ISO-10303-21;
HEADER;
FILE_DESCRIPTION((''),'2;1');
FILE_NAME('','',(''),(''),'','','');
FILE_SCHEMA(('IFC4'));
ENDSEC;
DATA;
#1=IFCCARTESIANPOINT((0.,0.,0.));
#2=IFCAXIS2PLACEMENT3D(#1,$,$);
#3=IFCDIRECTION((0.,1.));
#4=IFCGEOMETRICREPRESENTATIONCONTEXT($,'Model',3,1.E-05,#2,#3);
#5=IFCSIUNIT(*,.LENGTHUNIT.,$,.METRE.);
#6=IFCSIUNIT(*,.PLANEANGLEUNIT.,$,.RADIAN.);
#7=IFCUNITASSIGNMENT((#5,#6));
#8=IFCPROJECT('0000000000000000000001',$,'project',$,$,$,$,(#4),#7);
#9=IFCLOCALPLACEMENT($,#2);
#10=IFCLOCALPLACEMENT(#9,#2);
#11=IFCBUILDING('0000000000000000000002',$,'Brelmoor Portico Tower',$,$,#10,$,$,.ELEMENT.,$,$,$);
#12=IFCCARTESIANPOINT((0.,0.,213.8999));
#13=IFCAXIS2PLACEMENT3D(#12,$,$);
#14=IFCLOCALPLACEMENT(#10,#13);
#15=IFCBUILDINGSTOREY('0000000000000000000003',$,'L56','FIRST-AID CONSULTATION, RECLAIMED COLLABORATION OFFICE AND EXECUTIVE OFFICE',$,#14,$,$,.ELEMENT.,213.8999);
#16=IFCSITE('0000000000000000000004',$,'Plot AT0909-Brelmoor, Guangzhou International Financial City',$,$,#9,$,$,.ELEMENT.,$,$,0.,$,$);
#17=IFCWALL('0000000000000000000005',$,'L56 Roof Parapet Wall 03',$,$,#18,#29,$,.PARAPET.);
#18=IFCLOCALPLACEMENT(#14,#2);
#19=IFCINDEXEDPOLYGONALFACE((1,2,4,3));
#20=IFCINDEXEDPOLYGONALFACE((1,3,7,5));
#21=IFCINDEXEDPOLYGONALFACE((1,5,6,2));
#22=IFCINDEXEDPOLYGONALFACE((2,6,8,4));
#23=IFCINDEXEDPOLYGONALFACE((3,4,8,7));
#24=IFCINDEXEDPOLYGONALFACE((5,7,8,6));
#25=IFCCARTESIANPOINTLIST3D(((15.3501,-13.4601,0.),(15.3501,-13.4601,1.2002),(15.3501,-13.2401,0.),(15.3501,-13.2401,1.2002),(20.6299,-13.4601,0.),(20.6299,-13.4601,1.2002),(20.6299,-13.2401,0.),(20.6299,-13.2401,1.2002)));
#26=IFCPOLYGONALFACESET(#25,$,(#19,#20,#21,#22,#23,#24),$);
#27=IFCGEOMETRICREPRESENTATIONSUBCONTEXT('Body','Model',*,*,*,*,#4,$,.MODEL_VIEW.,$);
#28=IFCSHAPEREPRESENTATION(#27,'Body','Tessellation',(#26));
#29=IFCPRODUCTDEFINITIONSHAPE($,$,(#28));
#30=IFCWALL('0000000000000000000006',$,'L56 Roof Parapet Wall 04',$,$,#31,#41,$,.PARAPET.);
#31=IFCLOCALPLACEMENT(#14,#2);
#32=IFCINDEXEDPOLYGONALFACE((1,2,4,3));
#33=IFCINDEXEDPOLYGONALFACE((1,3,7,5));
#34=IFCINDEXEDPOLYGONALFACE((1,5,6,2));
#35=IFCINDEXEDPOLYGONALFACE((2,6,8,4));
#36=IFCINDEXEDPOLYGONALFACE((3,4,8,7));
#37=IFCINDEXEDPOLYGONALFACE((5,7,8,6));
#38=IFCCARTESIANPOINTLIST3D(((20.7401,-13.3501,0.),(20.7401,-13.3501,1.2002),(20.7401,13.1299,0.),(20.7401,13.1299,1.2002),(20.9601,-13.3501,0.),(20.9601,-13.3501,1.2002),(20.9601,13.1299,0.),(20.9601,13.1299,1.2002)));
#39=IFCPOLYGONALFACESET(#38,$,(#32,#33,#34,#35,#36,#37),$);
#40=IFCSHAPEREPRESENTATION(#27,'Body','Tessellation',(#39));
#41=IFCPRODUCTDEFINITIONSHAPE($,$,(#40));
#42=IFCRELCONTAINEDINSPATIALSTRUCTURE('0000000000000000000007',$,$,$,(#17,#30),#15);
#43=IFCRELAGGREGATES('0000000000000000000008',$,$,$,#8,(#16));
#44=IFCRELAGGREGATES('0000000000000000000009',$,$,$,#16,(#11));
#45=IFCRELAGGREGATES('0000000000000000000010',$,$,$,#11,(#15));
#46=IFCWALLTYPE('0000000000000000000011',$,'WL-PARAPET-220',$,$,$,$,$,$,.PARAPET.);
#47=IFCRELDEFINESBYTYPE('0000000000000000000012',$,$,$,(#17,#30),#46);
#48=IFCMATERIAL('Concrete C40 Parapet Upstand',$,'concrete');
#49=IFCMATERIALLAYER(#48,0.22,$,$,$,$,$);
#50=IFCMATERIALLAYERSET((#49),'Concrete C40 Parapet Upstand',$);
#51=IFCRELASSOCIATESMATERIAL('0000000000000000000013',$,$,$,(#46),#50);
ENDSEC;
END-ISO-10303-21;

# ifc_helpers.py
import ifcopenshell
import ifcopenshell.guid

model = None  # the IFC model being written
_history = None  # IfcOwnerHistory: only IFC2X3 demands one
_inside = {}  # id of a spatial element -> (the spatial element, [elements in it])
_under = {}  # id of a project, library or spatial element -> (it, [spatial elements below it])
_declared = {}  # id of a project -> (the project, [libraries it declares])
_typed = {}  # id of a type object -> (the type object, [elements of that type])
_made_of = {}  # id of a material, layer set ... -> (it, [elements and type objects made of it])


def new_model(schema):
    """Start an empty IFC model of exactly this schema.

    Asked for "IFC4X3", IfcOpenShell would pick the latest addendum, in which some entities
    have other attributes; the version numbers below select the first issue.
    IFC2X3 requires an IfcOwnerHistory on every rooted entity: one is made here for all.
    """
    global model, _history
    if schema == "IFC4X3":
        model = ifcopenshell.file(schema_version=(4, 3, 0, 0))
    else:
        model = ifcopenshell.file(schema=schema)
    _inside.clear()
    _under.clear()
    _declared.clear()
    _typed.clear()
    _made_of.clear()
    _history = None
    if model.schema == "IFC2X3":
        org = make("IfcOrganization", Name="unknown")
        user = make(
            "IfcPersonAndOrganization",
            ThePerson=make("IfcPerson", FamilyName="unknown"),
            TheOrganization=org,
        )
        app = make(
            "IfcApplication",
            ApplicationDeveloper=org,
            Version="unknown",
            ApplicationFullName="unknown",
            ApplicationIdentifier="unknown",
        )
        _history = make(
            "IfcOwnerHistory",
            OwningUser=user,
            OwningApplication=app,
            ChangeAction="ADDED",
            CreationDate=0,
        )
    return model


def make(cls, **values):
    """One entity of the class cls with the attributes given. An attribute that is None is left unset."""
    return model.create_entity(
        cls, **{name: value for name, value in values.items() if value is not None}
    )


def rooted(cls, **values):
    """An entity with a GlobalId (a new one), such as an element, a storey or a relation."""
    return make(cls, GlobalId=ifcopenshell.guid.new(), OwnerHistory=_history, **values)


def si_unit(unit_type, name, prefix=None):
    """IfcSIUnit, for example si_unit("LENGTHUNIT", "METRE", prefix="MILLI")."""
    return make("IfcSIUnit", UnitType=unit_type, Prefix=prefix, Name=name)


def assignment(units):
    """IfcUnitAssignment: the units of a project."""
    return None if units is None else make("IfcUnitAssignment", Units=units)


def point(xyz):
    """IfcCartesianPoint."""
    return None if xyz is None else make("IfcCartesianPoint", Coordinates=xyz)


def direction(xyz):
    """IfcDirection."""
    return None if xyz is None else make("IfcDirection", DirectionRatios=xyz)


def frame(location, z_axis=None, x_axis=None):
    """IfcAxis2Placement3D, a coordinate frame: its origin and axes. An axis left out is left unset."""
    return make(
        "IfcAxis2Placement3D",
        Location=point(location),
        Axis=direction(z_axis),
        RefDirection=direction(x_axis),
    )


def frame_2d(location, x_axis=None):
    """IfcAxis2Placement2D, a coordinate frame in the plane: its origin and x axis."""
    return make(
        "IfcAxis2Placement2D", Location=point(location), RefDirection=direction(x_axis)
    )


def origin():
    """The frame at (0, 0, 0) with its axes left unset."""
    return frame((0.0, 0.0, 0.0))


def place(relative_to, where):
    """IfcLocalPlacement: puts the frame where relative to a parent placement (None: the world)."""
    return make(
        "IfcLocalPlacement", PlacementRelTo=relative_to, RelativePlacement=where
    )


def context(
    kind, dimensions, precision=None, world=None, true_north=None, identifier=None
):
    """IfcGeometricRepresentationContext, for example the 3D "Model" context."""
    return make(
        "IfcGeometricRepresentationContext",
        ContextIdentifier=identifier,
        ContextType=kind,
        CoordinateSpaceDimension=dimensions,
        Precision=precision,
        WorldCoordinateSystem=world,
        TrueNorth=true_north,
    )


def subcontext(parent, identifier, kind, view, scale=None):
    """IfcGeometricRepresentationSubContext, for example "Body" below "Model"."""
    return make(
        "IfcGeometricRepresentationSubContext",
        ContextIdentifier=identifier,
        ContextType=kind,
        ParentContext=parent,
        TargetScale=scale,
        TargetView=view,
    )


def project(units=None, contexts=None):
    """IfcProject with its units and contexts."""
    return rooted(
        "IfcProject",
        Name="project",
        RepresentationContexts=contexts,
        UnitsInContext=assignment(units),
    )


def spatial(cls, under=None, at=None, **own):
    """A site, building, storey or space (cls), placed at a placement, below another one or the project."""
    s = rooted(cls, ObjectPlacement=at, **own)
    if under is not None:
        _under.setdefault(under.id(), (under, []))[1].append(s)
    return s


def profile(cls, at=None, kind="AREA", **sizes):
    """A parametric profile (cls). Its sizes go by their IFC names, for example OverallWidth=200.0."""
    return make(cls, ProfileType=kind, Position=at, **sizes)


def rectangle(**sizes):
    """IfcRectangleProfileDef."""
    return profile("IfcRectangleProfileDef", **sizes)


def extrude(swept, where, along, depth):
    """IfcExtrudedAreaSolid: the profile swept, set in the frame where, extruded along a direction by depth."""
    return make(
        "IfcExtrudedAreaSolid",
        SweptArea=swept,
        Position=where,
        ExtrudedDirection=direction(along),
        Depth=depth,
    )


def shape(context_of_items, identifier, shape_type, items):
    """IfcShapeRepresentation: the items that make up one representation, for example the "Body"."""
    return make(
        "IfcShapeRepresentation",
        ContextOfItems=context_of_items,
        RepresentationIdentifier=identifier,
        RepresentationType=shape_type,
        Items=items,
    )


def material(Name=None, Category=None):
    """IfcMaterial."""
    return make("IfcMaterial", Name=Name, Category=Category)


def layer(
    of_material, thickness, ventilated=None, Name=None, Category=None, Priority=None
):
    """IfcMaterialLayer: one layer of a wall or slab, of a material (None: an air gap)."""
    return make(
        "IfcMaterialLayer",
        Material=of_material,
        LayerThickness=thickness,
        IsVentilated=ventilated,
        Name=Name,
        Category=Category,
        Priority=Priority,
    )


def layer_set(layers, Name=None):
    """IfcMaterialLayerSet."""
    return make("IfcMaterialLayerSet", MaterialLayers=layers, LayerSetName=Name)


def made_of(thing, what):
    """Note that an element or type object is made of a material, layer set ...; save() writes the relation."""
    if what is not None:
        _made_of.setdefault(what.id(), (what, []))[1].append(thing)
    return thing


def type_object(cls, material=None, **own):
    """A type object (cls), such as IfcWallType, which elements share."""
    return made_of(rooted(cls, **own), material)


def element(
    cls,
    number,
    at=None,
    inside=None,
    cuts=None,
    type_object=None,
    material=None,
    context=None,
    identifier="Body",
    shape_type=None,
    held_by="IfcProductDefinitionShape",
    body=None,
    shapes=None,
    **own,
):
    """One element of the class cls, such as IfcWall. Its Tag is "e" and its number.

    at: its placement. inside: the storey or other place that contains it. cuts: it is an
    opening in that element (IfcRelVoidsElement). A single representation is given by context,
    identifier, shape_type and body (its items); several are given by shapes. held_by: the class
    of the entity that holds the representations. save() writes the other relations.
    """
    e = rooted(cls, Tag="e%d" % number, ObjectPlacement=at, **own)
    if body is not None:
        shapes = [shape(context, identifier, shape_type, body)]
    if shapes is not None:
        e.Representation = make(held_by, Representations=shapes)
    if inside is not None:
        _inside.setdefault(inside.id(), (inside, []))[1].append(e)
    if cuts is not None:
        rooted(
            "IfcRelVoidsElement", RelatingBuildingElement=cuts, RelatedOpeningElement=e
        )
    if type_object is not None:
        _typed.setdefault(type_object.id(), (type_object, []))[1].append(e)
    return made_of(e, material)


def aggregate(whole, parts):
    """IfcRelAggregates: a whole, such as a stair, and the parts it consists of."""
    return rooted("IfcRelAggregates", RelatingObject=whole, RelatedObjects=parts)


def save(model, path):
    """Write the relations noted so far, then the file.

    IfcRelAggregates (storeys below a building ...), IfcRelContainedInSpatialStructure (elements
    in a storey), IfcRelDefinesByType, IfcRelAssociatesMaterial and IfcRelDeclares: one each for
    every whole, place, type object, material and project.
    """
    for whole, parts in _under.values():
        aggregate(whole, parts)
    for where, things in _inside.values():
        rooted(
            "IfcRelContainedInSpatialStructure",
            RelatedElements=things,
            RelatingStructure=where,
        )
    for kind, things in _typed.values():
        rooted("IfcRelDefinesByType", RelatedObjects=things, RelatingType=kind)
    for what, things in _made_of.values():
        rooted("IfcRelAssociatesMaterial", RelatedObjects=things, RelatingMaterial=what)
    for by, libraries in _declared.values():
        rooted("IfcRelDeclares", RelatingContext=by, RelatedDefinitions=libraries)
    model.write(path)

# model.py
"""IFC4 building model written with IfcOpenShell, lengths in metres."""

from ifc_helpers import new_model, si_unit, direction, frame, frame_2d, origin, place, context, subcontext, project, spatial, rectangle, extrude, material, layer, layer_set, type_object, element, save


model = new_model("IFC4")

# Units and contexts
model_context = context("Model", 3, precision=1e-05, world=origin(), true_north=direction((0.0, 1.0)))
body_context = subcontext(model_context, "Body", "Model", "MODEL_VIEW")
ifc_project = project(units=[si_unit("LENGTHUNIT", "METRE"), si_unit("PLANEANGLEUNIT", "RADIAN")], contexts=[model_context])

# Site, building, storey
site_placement = place(None, origin())
site = spatial("IfcSite", under=ifc_project, at=site_placement, Name="Plot AT0909-Brelmoor, Guangzhou International Financial City", CompositionType="ELEMENT", RefElevation=0.0)
building_placement = place(site_placement, origin())
building = spatial("IfcBuilding", under=site, at=building_placement, Name="Brelmoor Portico Tower", CompositionType="ELEMENT")
storey_placement = place(building_placement, frame((0.0, 0.0, 213.8999)))
storey = spatial("IfcBuildingStorey", under=building, at=storey_placement, Name="L56", Description="FIRST-AID CONSULTATION, RECLAIMED COLLABORATION OFFICE AND EXECUTIVE OFFICE", CompositionType="ELEMENT", Elevation=213.8999)

# Walls
ifc_material_1 = material(Name="Concrete C40 Parapet Upstand", Category="concrete")
ifc_layer_1 = layer(ifc_material_1, 0.22)
ifc_layer_set_1 = layer_set([ifc_layer_1], Name="Concrete C40 Parapet Upstand")
wall_type_1 = type_object("IfcWallType", Name="WL-PARAPET-220", PredefinedType="PARAPET", material=ifc_layer_set_1)
wall_1_placement = place(storey_placement, frame((15.3501, -13.3501, 0.0), z_axis=(0.0, 0.0, 1.0), x_axis=(1.0, 0.0, 0.0)))
element("IfcWall", 1, at=wall_1_placement, inside=storey, type_object=wall_type_1, Name="L56 Roof Parapet Wall 03", PredefinedType="PARAPET", context=body_context, shape_type="SweptSolid", body=[
    extrude(rectangle(XDim=5.2798, YDim=0.22, at=frame_2d((2.6399, 0.0))), origin(), (0.0, 0.0, 1.0), 1.2002),
])
wall_2_placement = place(storey_placement, frame((20.8501, -13.3501, 0.0), z_axis=(0.0, 0.0, 1.0), x_axis=(0.0, 1.0, 0.0)))
element("IfcWall", 2, at=wall_2_placement, inside=storey, type_object=wall_type_1, Name="L56 Roof Parapet Wall 04", PredefinedType="PARAPET", context=body_context, shape_type="SweptSolid", body=[
    extrude(rectangle(XDim=26.48, YDim=0.22, at=frame_2d((13.24, 0.0))), origin(), (0.0, 0.0, 1.0), 1.2002),
])

save(model, "model.ifc")
